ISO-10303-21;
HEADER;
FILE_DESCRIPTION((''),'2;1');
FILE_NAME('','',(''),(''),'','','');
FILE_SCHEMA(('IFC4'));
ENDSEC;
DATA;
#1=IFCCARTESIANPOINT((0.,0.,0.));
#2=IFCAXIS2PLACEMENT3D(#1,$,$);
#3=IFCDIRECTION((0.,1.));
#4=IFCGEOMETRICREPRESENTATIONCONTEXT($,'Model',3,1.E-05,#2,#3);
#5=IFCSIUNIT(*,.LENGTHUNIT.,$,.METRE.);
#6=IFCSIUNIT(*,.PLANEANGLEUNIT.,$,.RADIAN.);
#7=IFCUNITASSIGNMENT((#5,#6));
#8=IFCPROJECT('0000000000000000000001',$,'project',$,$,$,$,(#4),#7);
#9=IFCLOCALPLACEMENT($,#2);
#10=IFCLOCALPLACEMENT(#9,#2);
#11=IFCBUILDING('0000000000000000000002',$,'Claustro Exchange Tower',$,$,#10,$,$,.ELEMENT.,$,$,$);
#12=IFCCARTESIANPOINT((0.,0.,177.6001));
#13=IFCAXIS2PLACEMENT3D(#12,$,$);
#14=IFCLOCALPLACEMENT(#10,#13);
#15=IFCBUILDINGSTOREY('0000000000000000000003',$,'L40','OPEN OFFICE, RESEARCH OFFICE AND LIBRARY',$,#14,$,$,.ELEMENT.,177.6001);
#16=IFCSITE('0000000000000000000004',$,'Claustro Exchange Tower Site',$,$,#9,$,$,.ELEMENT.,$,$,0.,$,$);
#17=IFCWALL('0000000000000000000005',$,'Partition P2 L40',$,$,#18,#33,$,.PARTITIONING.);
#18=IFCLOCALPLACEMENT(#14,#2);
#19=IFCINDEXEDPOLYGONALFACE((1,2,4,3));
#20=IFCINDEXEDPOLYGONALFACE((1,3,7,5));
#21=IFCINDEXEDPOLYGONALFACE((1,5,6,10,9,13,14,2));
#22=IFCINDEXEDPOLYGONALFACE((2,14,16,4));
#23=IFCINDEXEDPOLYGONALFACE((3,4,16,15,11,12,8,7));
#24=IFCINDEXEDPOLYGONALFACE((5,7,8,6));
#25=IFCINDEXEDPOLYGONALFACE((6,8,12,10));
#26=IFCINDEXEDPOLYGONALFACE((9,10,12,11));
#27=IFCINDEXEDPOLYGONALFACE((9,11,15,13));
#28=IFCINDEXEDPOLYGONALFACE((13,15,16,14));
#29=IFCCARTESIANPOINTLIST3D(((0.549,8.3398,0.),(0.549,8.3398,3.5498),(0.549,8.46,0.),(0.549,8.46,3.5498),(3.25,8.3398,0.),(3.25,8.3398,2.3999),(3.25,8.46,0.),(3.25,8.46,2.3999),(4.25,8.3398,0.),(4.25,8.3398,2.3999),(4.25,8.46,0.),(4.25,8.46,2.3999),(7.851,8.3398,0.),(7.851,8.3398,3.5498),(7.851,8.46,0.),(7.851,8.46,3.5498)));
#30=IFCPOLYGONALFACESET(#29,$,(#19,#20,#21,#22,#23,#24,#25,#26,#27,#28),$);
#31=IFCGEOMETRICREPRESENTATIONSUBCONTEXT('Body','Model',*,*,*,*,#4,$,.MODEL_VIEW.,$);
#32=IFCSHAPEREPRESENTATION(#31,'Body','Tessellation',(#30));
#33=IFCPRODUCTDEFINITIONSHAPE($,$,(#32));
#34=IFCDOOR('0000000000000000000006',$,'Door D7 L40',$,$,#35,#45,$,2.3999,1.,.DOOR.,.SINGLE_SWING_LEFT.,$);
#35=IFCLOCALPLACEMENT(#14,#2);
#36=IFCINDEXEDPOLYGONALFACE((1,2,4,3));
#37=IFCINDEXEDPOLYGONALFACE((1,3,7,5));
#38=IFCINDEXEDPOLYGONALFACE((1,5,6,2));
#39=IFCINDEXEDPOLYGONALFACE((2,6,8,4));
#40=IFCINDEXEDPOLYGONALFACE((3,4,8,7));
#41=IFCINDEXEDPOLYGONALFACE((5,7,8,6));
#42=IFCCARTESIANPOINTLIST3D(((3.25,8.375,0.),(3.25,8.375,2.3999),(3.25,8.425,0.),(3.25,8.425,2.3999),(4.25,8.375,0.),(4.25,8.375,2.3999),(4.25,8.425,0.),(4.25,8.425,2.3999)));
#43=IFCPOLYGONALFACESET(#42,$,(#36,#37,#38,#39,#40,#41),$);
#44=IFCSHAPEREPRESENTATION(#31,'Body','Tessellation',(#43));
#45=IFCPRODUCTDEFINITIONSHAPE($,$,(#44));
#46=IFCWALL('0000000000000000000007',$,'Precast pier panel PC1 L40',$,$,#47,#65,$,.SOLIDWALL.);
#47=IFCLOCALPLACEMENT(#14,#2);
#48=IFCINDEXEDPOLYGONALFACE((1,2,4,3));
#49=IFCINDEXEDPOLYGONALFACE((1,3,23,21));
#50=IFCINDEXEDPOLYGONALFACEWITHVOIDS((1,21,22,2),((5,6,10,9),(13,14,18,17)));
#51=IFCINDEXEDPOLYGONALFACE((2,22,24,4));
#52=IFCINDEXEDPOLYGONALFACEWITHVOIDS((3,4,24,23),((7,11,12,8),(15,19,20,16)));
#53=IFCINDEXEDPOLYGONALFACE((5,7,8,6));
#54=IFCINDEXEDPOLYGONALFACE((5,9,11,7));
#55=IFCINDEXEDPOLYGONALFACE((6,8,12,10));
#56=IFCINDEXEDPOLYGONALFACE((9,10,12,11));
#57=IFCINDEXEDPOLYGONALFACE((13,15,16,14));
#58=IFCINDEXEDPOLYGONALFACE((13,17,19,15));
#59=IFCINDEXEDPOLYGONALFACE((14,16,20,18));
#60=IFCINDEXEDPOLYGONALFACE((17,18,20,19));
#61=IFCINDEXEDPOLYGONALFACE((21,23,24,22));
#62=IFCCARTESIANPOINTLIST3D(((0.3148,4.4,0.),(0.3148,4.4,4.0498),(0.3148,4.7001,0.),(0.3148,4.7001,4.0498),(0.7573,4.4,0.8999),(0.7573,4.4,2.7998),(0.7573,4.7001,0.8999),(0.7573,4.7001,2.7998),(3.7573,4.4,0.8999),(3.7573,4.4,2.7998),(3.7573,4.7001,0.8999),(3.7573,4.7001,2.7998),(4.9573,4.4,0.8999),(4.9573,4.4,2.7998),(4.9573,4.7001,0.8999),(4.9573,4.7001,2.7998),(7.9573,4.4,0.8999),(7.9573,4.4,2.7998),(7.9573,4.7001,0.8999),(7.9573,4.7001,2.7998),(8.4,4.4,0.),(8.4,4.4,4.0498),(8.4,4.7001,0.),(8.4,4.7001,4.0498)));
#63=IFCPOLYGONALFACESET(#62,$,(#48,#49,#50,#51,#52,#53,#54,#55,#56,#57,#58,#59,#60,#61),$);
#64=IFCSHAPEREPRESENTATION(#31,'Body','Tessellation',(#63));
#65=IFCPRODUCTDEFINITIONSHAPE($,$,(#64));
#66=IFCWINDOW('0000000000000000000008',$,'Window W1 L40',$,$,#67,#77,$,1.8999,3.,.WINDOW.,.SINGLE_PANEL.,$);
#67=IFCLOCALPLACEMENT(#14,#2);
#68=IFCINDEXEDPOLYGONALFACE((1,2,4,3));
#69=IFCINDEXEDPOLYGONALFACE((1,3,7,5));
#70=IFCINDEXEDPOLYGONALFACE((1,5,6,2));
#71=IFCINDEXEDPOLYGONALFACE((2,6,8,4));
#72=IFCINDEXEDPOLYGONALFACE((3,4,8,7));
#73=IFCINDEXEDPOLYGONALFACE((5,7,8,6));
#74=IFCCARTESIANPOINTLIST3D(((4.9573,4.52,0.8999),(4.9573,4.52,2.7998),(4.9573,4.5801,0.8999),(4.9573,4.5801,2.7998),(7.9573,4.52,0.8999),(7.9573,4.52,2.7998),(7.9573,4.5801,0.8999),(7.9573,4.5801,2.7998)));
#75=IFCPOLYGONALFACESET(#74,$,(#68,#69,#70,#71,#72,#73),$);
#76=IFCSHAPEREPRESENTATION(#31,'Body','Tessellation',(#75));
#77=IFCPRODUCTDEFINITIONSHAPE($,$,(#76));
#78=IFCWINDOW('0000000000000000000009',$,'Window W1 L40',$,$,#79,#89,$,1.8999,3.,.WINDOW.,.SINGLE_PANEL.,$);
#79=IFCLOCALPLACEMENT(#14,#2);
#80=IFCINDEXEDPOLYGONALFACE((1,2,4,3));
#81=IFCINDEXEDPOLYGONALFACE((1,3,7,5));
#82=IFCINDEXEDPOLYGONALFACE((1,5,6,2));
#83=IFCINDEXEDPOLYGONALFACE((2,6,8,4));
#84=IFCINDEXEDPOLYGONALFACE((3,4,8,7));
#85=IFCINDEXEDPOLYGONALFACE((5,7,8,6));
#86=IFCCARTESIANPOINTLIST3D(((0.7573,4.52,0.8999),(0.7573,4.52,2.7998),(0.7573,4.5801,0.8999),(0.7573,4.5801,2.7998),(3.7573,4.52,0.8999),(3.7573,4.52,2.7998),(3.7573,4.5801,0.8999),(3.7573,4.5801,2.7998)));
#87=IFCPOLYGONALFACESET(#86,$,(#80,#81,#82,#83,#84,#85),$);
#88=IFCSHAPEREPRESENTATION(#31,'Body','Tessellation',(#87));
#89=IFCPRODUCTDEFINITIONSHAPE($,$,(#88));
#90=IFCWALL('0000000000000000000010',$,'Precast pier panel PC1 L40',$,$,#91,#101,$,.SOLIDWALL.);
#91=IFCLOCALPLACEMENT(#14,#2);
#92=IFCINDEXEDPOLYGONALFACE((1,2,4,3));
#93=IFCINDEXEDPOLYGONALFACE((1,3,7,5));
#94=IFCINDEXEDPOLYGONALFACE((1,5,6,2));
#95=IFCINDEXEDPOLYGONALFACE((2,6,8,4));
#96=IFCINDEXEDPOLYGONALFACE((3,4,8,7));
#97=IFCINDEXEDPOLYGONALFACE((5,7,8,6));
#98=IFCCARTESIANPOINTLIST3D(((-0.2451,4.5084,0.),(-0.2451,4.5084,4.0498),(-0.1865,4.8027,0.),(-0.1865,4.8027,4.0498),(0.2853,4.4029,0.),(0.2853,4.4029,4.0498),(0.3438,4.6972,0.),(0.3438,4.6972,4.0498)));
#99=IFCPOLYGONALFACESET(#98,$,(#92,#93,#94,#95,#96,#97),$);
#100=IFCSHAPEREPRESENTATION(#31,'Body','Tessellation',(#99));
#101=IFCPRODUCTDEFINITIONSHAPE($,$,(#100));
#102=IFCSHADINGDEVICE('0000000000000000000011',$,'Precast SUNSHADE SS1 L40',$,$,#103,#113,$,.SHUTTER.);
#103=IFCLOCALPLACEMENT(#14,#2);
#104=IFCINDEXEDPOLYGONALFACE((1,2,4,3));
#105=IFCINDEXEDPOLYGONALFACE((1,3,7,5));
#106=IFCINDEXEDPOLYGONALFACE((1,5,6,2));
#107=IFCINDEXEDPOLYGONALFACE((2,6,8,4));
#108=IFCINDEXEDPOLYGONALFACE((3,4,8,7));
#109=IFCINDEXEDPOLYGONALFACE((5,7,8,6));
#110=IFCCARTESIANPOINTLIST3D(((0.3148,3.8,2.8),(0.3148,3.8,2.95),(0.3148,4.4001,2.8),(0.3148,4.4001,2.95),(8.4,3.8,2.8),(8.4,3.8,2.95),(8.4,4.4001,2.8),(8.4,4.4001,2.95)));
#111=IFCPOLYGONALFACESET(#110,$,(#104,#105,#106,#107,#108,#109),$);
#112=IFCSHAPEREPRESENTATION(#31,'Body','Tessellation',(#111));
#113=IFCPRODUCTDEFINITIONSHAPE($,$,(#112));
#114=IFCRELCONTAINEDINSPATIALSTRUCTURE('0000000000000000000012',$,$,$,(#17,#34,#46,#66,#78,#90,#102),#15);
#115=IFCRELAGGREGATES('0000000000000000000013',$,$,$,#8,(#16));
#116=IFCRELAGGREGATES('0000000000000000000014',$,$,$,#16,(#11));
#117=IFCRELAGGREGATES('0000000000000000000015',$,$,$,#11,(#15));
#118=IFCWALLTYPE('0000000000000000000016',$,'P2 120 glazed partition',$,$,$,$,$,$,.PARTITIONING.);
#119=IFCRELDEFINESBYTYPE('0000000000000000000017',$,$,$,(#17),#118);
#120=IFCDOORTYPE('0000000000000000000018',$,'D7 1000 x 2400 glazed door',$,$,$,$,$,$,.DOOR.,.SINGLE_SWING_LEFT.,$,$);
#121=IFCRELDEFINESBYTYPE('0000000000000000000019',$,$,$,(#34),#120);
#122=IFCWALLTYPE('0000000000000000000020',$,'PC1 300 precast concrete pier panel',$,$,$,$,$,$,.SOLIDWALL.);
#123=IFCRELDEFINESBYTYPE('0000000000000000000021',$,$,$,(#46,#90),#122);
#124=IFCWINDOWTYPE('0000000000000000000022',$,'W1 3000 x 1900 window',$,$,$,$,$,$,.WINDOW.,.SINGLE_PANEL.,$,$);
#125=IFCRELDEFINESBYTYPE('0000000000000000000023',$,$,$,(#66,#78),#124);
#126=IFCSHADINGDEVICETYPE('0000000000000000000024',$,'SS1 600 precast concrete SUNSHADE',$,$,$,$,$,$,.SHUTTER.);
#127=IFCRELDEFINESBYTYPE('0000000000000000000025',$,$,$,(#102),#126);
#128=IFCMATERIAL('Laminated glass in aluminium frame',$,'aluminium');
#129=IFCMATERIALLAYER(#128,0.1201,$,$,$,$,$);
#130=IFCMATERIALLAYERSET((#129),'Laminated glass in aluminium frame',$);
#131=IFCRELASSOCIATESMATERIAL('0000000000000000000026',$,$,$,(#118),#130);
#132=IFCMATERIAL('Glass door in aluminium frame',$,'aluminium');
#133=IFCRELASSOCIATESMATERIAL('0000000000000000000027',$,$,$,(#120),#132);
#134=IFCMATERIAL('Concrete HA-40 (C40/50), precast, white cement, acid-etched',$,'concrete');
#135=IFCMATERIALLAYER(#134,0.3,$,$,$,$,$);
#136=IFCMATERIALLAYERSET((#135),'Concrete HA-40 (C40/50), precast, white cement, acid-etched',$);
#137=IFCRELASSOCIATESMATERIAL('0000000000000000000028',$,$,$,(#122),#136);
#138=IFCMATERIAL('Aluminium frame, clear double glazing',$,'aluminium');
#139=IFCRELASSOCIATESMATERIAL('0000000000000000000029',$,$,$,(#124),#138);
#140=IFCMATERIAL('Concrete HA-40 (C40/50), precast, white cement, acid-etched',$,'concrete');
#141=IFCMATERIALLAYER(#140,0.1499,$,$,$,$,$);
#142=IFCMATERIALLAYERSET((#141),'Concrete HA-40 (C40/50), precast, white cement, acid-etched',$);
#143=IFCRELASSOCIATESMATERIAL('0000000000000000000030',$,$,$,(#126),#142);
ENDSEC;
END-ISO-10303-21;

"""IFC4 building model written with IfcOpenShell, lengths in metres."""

from ifc_helpers import new_model, si_unit, direction, frame, frame_2d, origin, origin_2d, place, context, subcontext, project, spatial, rectangle, extrude, material, layer, layer_set, type_object, element, fill, save


model = new_model("IFC4")

# Units and contexts
model_context = context("Model", 3, precision=1e-05, world=origin(), true_north=direction((0.0, 1.0)))
body_context = subcontext(model_context, "Body", "Model", "MODEL_VIEW")
ifc_project = project(units=[si_unit("LENGTHUNIT", "METRE"), si_unit("PLANEANGLEUNIT", "RADIAN")], contexts=[model_context])

# Site, building, storey
site_placement = place(None, origin())
site = spatial("IfcSite", under=ifc_project, at=site_placement, Name="Claustro Exchange Tower Site", CompositionType="ELEMENT", RefElevation=0.0)
building_placement = place(site_placement, origin())
building = spatial("IfcBuilding", under=site, at=building_placement, Name="Claustro Exchange Tower", CompositionType="ELEMENT")
storey_placement = place(building_placement, frame((0.0, 0.0, 177.6001)))
storey = spatial("IfcBuildingStorey", under=building, at=storey_placement, Name="L40", Description="OPEN OFFICE, RESEARCH OFFICE AND LIBRARY", CompositionType="ELEMENT", Elevation=177.6001)

# Wall, opening, door
ifc_material_1 = material(Name="Laminated glass in aluminium frame", Category="aluminium")
ifc_layer_1 = layer(ifc_material_1, 0.1201)
ifc_layer_set_1 = layer_set([ifc_layer_1], Name="Laminated glass in aluminium frame")
wall_type_1 = type_object("IfcWallType", Name="P2 120 glazed partition", PredefinedType="PARTITIONING", material=ifc_layer_set_1)
wall_1_placement = place(storey_placement, frame((0.5491, 8.3999, 0.0), z_axis=(0.0, 0.0, 1.0), x_axis=(1.0, 0.0, 0.0)))
wall_1 = element("IfcWall", 1, at=wall_1_placement, inside=storey, type_object=wall_type_1, Name="Partition P2 L40", PredefinedType="PARTITIONING", context=body_context, shape_type="SweptSolid", body=[
    extrude(rectangle(XDim=7.302, YDim=0.1201, at=frame_2d((3.6509, 0.0))), origin(), (0.0, 0.0, 1.0), 3.5498),
])
opening_1_placement = place(wall_1_placement, frame((2.7009, 0.0, 0.0)))
opening_1 = element("IfcOpeningElement", 2, at=opening_1_placement, cuts=wall_1, PredefinedType="OPENING", context=body_context, shape_type="SweptSolid", body=[
    extrude(rectangle(XDim=1.0, YDim=2.3999, at=frame_2d((0.5, 1.2))), frame((0.0, 0.0701, 0.0), z_axis=(0.0, -1.0, 0.0), x_axis=(1.0, 0.0, 0.0)), (0.0, 0.0, 1.0), 0.1401),
])
ifc_material_2 = material(Name="Glass door in aluminium frame", Category="aluminium")
door_type = type_object("IfcDoorType", Name="D7 1000 x 2400 glazed door", OperationType="SINGLE_SWING_LEFT", PredefinedType="DOOR", material=ifc_material_2)
door_placement = place(opening_1_placement, frame((1.0, 0.0, 0.0), z_axis=(0.0, 0.0, 1.0), x_axis=(-1.0, 0.0, 0.0)))
door = element("IfcDoor", 3, at=door_placement, inside=storey, type_object=door_type, Name="Door D7 L40", OperationType="SINGLE_SWING_LEFT", OverallHeight=2.3999, OverallWidth=1.0, PredefinedType="DOOR", context=body_context, shape_type="SweptSolid", body=[
    extrude(rectangle(XDim=1.0, YDim=2.3999, at=frame_2d((0.5, 1.2))), frame((0.0, 0.0249, 0.0), z_axis=(0.0, -1.0, 0.0), x_axis=(1.0, 0.0, 0.0)), (0.0, 0.0, 1.0), 0.05),
])
fill(opening_1, door)

# Wall, openings, windows
ifc_material_3 = material(Name="Concrete HA-40 (C40/50), precast, white cement, acid-etched", Category="concrete")
ifc_layer_2 = layer(ifc_material_3, 0.3)
ifc_layer_set_2 = layer_set([ifc_layer_2], Name="Concrete HA-40 (C40/50), precast, white cement, acid-etched")
wall_type_2 = type_object("IfcWallType", Name="PC1 300 precast concrete pier panel", PredefinedType="SOLIDWALL", material=ifc_layer_set_2)
wall_2_placement = place(storey_placement, frame((8.3999, 4.55, 0.0), z_axis=(0.0, 0.0, 1.0), x_axis=(-1.0, 0.0, 0.0)))
wall_2 = element("IfcWall", 4, at=wall_2_placement, inside=storey, type_object=wall_type_2, Name="Precast pier panel PC1 L40", PredefinedType="SOLIDWALL", context=body_context, shape_type="SweptSolid", body=[
    extrude(rectangle(XDim=8.0852, YDim=0.3, at=frame_2d((4.0425, 0.0))), origin(), (0.0, 0.0, 1.0), 4.0498),
])
opening_2_placement = place(wall_2_placement, frame((0.4426, 0.0, 0.8999)))
opening_2 = element("IfcOpeningElement", 5, at=opening_2_placement, cuts=wall_2, PredefinedType="OPENING", context=body_context, shape_type="SweptSolid", body=[
    extrude(rectangle(XDim=3.0, YDim=1.8999, at=frame_2d((1.5, 0.95))), frame((0.0, 0.1599, 0.0), z_axis=(0.0, -1.0, 0.0), x_axis=(1.0, 0.0, 0.0)), (0.0, 0.0, 1.0), 0.3201),
])
opening_3_placement = place(wall_2_placement, frame((4.6426, 0.0, 0.8999)))
opening_3 = element("IfcOpeningElement", 6, at=opening_3_placement, cuts=wall_2, PredefinedType="OPENING", context=body_context, shape_type="SweptSolid", body=[
    extrude(rectangle(XDim=3.0, YDim=1.8999, at=frame_2d((1.5, 0.95))), frame((0.0, 0.1599, 0.0), z_axis=(0.0, -1.0, 0.0), x_axis=(1.0, 0.0, 0.0)), (0.0, 0.0, 1.0), 0.3201),
])
ifc_material_4 = material(Name="Aluminium frame, clear double glazing", Category="aluminium")
window_type = type_object("IfcWindowType", Name="W1 3000 x 1900 window", PartitioningType="SINGLE_PANEL", PredefinedType="WINDOW", material=ifc_material_4)
window_1_placement = place(opening_2_placement, origin())
window_1 = element("IfcWindow", 7, at=window_1_placement, inside=storey, type_object=window_type, Name="Window W1 L40", OverallHeight=1.8999, OverallWidth=3.0, PartitioningType="SINGLE_PANEL", PredefinedType="WINDOW", context=body_context, shape_type="SweptSolid", body=[
    extrude(rectangle(XDim=3.0, YDim=1.8999, at=frame_2d((1.5, 0.95))), frame((0.0, 0.03, 0.0), z_axis=(0.0, -1.0, 0.0), x_axis=(1.0, 0.0, 0.0)), (0.0, 0.0, 1.0), 0.0601),
])
fill(opening_2, window_1)
window_2_placement = place(opening_3_placement, origin())
window_2 = element("IfcWindow", 8, at=window_2_placement, inside=storey, type_object=window_type, Name="Window W1 L40", OverallHeight=1.8999, OverallWidth=3.0, PartitioningType="SINGLE_PANEL", PredefinedType="WINDOW", context=body_context, shape_type="SweptSolid", body=[
    extrude(rectangle(XDim=3.0, YDim=1.8999, at=frame_2d((1.5, 0.95))), frame((0.0, 0.03, 0.0), z_axis=(0.0, -1.0, 0.0), x_axis=(1.0, 0.0, 0.0)), (0.0, 0.0, 1.0), 0.0601),
])
fill(opening_3, window_2)

# Wall
wall_3_placement = place(storey_placement, frame((0.3147, 4.55, 0.0), z_axis=(0.0, 0.0, 1.0), x_axis=(-0.980789, 0.195074, 0.0)))
element("IfcWall", 9, at=wall_3_placement, inside=storey, type_object=wall_type_2, Name="Precast pier panel PC1 L40", PredefinedType="SOLIDWALL", context=body_context, shape_type="SweptSolid", body=[
    extrude(rectangle(XDim=0.5408, YDim=0.3, at=frame_2d((0.2705, 0.0))), origin(), (0.0, 0.0, 1.0), 4.0498),
])

# Shading device
ifc_material_5 = material(Name="Concrete HA-40 (C40/50), precast, white cement, acid-etched", Category="concrete")
ifc_layer_3 = layer(ifc_material_5, 0.1499)
ifc_layer_set_3 = layer_set([ifc_layer_3], Name="Concrete HA-40 (C40/50), precast, white cement, acid-etched")
shading_device_type = type_object("IfcShadingDeviceType", Name="SS1 600 precast concrete SUNSHADE", PredefinedType="SHUTTER", material=ifc_layer_set_3)
shading_device_placement = place(storey_placement, frame((4.3574, 4.1001, 2.8), z_axis=(0.0, 0.0, 1.0), x_axis=(-1.0, 0.0, 0.0)))
element("IfcShadingDevice", 10, at=shading_device_placement, inside=storey, type_object=shading_device_type, Name="Precast SUNSHADE SS1 L40", PredefinedType="SHUTTER", context=body_context, shape_type="SweptSolid", body=[
    extrude(rectangle(XDim=8.0852, YDim=0.6001, at=origin_2d()), origin(), (0.0, 0.0, 1.0), 0.1499),
])

save(model, "model.ifc")
